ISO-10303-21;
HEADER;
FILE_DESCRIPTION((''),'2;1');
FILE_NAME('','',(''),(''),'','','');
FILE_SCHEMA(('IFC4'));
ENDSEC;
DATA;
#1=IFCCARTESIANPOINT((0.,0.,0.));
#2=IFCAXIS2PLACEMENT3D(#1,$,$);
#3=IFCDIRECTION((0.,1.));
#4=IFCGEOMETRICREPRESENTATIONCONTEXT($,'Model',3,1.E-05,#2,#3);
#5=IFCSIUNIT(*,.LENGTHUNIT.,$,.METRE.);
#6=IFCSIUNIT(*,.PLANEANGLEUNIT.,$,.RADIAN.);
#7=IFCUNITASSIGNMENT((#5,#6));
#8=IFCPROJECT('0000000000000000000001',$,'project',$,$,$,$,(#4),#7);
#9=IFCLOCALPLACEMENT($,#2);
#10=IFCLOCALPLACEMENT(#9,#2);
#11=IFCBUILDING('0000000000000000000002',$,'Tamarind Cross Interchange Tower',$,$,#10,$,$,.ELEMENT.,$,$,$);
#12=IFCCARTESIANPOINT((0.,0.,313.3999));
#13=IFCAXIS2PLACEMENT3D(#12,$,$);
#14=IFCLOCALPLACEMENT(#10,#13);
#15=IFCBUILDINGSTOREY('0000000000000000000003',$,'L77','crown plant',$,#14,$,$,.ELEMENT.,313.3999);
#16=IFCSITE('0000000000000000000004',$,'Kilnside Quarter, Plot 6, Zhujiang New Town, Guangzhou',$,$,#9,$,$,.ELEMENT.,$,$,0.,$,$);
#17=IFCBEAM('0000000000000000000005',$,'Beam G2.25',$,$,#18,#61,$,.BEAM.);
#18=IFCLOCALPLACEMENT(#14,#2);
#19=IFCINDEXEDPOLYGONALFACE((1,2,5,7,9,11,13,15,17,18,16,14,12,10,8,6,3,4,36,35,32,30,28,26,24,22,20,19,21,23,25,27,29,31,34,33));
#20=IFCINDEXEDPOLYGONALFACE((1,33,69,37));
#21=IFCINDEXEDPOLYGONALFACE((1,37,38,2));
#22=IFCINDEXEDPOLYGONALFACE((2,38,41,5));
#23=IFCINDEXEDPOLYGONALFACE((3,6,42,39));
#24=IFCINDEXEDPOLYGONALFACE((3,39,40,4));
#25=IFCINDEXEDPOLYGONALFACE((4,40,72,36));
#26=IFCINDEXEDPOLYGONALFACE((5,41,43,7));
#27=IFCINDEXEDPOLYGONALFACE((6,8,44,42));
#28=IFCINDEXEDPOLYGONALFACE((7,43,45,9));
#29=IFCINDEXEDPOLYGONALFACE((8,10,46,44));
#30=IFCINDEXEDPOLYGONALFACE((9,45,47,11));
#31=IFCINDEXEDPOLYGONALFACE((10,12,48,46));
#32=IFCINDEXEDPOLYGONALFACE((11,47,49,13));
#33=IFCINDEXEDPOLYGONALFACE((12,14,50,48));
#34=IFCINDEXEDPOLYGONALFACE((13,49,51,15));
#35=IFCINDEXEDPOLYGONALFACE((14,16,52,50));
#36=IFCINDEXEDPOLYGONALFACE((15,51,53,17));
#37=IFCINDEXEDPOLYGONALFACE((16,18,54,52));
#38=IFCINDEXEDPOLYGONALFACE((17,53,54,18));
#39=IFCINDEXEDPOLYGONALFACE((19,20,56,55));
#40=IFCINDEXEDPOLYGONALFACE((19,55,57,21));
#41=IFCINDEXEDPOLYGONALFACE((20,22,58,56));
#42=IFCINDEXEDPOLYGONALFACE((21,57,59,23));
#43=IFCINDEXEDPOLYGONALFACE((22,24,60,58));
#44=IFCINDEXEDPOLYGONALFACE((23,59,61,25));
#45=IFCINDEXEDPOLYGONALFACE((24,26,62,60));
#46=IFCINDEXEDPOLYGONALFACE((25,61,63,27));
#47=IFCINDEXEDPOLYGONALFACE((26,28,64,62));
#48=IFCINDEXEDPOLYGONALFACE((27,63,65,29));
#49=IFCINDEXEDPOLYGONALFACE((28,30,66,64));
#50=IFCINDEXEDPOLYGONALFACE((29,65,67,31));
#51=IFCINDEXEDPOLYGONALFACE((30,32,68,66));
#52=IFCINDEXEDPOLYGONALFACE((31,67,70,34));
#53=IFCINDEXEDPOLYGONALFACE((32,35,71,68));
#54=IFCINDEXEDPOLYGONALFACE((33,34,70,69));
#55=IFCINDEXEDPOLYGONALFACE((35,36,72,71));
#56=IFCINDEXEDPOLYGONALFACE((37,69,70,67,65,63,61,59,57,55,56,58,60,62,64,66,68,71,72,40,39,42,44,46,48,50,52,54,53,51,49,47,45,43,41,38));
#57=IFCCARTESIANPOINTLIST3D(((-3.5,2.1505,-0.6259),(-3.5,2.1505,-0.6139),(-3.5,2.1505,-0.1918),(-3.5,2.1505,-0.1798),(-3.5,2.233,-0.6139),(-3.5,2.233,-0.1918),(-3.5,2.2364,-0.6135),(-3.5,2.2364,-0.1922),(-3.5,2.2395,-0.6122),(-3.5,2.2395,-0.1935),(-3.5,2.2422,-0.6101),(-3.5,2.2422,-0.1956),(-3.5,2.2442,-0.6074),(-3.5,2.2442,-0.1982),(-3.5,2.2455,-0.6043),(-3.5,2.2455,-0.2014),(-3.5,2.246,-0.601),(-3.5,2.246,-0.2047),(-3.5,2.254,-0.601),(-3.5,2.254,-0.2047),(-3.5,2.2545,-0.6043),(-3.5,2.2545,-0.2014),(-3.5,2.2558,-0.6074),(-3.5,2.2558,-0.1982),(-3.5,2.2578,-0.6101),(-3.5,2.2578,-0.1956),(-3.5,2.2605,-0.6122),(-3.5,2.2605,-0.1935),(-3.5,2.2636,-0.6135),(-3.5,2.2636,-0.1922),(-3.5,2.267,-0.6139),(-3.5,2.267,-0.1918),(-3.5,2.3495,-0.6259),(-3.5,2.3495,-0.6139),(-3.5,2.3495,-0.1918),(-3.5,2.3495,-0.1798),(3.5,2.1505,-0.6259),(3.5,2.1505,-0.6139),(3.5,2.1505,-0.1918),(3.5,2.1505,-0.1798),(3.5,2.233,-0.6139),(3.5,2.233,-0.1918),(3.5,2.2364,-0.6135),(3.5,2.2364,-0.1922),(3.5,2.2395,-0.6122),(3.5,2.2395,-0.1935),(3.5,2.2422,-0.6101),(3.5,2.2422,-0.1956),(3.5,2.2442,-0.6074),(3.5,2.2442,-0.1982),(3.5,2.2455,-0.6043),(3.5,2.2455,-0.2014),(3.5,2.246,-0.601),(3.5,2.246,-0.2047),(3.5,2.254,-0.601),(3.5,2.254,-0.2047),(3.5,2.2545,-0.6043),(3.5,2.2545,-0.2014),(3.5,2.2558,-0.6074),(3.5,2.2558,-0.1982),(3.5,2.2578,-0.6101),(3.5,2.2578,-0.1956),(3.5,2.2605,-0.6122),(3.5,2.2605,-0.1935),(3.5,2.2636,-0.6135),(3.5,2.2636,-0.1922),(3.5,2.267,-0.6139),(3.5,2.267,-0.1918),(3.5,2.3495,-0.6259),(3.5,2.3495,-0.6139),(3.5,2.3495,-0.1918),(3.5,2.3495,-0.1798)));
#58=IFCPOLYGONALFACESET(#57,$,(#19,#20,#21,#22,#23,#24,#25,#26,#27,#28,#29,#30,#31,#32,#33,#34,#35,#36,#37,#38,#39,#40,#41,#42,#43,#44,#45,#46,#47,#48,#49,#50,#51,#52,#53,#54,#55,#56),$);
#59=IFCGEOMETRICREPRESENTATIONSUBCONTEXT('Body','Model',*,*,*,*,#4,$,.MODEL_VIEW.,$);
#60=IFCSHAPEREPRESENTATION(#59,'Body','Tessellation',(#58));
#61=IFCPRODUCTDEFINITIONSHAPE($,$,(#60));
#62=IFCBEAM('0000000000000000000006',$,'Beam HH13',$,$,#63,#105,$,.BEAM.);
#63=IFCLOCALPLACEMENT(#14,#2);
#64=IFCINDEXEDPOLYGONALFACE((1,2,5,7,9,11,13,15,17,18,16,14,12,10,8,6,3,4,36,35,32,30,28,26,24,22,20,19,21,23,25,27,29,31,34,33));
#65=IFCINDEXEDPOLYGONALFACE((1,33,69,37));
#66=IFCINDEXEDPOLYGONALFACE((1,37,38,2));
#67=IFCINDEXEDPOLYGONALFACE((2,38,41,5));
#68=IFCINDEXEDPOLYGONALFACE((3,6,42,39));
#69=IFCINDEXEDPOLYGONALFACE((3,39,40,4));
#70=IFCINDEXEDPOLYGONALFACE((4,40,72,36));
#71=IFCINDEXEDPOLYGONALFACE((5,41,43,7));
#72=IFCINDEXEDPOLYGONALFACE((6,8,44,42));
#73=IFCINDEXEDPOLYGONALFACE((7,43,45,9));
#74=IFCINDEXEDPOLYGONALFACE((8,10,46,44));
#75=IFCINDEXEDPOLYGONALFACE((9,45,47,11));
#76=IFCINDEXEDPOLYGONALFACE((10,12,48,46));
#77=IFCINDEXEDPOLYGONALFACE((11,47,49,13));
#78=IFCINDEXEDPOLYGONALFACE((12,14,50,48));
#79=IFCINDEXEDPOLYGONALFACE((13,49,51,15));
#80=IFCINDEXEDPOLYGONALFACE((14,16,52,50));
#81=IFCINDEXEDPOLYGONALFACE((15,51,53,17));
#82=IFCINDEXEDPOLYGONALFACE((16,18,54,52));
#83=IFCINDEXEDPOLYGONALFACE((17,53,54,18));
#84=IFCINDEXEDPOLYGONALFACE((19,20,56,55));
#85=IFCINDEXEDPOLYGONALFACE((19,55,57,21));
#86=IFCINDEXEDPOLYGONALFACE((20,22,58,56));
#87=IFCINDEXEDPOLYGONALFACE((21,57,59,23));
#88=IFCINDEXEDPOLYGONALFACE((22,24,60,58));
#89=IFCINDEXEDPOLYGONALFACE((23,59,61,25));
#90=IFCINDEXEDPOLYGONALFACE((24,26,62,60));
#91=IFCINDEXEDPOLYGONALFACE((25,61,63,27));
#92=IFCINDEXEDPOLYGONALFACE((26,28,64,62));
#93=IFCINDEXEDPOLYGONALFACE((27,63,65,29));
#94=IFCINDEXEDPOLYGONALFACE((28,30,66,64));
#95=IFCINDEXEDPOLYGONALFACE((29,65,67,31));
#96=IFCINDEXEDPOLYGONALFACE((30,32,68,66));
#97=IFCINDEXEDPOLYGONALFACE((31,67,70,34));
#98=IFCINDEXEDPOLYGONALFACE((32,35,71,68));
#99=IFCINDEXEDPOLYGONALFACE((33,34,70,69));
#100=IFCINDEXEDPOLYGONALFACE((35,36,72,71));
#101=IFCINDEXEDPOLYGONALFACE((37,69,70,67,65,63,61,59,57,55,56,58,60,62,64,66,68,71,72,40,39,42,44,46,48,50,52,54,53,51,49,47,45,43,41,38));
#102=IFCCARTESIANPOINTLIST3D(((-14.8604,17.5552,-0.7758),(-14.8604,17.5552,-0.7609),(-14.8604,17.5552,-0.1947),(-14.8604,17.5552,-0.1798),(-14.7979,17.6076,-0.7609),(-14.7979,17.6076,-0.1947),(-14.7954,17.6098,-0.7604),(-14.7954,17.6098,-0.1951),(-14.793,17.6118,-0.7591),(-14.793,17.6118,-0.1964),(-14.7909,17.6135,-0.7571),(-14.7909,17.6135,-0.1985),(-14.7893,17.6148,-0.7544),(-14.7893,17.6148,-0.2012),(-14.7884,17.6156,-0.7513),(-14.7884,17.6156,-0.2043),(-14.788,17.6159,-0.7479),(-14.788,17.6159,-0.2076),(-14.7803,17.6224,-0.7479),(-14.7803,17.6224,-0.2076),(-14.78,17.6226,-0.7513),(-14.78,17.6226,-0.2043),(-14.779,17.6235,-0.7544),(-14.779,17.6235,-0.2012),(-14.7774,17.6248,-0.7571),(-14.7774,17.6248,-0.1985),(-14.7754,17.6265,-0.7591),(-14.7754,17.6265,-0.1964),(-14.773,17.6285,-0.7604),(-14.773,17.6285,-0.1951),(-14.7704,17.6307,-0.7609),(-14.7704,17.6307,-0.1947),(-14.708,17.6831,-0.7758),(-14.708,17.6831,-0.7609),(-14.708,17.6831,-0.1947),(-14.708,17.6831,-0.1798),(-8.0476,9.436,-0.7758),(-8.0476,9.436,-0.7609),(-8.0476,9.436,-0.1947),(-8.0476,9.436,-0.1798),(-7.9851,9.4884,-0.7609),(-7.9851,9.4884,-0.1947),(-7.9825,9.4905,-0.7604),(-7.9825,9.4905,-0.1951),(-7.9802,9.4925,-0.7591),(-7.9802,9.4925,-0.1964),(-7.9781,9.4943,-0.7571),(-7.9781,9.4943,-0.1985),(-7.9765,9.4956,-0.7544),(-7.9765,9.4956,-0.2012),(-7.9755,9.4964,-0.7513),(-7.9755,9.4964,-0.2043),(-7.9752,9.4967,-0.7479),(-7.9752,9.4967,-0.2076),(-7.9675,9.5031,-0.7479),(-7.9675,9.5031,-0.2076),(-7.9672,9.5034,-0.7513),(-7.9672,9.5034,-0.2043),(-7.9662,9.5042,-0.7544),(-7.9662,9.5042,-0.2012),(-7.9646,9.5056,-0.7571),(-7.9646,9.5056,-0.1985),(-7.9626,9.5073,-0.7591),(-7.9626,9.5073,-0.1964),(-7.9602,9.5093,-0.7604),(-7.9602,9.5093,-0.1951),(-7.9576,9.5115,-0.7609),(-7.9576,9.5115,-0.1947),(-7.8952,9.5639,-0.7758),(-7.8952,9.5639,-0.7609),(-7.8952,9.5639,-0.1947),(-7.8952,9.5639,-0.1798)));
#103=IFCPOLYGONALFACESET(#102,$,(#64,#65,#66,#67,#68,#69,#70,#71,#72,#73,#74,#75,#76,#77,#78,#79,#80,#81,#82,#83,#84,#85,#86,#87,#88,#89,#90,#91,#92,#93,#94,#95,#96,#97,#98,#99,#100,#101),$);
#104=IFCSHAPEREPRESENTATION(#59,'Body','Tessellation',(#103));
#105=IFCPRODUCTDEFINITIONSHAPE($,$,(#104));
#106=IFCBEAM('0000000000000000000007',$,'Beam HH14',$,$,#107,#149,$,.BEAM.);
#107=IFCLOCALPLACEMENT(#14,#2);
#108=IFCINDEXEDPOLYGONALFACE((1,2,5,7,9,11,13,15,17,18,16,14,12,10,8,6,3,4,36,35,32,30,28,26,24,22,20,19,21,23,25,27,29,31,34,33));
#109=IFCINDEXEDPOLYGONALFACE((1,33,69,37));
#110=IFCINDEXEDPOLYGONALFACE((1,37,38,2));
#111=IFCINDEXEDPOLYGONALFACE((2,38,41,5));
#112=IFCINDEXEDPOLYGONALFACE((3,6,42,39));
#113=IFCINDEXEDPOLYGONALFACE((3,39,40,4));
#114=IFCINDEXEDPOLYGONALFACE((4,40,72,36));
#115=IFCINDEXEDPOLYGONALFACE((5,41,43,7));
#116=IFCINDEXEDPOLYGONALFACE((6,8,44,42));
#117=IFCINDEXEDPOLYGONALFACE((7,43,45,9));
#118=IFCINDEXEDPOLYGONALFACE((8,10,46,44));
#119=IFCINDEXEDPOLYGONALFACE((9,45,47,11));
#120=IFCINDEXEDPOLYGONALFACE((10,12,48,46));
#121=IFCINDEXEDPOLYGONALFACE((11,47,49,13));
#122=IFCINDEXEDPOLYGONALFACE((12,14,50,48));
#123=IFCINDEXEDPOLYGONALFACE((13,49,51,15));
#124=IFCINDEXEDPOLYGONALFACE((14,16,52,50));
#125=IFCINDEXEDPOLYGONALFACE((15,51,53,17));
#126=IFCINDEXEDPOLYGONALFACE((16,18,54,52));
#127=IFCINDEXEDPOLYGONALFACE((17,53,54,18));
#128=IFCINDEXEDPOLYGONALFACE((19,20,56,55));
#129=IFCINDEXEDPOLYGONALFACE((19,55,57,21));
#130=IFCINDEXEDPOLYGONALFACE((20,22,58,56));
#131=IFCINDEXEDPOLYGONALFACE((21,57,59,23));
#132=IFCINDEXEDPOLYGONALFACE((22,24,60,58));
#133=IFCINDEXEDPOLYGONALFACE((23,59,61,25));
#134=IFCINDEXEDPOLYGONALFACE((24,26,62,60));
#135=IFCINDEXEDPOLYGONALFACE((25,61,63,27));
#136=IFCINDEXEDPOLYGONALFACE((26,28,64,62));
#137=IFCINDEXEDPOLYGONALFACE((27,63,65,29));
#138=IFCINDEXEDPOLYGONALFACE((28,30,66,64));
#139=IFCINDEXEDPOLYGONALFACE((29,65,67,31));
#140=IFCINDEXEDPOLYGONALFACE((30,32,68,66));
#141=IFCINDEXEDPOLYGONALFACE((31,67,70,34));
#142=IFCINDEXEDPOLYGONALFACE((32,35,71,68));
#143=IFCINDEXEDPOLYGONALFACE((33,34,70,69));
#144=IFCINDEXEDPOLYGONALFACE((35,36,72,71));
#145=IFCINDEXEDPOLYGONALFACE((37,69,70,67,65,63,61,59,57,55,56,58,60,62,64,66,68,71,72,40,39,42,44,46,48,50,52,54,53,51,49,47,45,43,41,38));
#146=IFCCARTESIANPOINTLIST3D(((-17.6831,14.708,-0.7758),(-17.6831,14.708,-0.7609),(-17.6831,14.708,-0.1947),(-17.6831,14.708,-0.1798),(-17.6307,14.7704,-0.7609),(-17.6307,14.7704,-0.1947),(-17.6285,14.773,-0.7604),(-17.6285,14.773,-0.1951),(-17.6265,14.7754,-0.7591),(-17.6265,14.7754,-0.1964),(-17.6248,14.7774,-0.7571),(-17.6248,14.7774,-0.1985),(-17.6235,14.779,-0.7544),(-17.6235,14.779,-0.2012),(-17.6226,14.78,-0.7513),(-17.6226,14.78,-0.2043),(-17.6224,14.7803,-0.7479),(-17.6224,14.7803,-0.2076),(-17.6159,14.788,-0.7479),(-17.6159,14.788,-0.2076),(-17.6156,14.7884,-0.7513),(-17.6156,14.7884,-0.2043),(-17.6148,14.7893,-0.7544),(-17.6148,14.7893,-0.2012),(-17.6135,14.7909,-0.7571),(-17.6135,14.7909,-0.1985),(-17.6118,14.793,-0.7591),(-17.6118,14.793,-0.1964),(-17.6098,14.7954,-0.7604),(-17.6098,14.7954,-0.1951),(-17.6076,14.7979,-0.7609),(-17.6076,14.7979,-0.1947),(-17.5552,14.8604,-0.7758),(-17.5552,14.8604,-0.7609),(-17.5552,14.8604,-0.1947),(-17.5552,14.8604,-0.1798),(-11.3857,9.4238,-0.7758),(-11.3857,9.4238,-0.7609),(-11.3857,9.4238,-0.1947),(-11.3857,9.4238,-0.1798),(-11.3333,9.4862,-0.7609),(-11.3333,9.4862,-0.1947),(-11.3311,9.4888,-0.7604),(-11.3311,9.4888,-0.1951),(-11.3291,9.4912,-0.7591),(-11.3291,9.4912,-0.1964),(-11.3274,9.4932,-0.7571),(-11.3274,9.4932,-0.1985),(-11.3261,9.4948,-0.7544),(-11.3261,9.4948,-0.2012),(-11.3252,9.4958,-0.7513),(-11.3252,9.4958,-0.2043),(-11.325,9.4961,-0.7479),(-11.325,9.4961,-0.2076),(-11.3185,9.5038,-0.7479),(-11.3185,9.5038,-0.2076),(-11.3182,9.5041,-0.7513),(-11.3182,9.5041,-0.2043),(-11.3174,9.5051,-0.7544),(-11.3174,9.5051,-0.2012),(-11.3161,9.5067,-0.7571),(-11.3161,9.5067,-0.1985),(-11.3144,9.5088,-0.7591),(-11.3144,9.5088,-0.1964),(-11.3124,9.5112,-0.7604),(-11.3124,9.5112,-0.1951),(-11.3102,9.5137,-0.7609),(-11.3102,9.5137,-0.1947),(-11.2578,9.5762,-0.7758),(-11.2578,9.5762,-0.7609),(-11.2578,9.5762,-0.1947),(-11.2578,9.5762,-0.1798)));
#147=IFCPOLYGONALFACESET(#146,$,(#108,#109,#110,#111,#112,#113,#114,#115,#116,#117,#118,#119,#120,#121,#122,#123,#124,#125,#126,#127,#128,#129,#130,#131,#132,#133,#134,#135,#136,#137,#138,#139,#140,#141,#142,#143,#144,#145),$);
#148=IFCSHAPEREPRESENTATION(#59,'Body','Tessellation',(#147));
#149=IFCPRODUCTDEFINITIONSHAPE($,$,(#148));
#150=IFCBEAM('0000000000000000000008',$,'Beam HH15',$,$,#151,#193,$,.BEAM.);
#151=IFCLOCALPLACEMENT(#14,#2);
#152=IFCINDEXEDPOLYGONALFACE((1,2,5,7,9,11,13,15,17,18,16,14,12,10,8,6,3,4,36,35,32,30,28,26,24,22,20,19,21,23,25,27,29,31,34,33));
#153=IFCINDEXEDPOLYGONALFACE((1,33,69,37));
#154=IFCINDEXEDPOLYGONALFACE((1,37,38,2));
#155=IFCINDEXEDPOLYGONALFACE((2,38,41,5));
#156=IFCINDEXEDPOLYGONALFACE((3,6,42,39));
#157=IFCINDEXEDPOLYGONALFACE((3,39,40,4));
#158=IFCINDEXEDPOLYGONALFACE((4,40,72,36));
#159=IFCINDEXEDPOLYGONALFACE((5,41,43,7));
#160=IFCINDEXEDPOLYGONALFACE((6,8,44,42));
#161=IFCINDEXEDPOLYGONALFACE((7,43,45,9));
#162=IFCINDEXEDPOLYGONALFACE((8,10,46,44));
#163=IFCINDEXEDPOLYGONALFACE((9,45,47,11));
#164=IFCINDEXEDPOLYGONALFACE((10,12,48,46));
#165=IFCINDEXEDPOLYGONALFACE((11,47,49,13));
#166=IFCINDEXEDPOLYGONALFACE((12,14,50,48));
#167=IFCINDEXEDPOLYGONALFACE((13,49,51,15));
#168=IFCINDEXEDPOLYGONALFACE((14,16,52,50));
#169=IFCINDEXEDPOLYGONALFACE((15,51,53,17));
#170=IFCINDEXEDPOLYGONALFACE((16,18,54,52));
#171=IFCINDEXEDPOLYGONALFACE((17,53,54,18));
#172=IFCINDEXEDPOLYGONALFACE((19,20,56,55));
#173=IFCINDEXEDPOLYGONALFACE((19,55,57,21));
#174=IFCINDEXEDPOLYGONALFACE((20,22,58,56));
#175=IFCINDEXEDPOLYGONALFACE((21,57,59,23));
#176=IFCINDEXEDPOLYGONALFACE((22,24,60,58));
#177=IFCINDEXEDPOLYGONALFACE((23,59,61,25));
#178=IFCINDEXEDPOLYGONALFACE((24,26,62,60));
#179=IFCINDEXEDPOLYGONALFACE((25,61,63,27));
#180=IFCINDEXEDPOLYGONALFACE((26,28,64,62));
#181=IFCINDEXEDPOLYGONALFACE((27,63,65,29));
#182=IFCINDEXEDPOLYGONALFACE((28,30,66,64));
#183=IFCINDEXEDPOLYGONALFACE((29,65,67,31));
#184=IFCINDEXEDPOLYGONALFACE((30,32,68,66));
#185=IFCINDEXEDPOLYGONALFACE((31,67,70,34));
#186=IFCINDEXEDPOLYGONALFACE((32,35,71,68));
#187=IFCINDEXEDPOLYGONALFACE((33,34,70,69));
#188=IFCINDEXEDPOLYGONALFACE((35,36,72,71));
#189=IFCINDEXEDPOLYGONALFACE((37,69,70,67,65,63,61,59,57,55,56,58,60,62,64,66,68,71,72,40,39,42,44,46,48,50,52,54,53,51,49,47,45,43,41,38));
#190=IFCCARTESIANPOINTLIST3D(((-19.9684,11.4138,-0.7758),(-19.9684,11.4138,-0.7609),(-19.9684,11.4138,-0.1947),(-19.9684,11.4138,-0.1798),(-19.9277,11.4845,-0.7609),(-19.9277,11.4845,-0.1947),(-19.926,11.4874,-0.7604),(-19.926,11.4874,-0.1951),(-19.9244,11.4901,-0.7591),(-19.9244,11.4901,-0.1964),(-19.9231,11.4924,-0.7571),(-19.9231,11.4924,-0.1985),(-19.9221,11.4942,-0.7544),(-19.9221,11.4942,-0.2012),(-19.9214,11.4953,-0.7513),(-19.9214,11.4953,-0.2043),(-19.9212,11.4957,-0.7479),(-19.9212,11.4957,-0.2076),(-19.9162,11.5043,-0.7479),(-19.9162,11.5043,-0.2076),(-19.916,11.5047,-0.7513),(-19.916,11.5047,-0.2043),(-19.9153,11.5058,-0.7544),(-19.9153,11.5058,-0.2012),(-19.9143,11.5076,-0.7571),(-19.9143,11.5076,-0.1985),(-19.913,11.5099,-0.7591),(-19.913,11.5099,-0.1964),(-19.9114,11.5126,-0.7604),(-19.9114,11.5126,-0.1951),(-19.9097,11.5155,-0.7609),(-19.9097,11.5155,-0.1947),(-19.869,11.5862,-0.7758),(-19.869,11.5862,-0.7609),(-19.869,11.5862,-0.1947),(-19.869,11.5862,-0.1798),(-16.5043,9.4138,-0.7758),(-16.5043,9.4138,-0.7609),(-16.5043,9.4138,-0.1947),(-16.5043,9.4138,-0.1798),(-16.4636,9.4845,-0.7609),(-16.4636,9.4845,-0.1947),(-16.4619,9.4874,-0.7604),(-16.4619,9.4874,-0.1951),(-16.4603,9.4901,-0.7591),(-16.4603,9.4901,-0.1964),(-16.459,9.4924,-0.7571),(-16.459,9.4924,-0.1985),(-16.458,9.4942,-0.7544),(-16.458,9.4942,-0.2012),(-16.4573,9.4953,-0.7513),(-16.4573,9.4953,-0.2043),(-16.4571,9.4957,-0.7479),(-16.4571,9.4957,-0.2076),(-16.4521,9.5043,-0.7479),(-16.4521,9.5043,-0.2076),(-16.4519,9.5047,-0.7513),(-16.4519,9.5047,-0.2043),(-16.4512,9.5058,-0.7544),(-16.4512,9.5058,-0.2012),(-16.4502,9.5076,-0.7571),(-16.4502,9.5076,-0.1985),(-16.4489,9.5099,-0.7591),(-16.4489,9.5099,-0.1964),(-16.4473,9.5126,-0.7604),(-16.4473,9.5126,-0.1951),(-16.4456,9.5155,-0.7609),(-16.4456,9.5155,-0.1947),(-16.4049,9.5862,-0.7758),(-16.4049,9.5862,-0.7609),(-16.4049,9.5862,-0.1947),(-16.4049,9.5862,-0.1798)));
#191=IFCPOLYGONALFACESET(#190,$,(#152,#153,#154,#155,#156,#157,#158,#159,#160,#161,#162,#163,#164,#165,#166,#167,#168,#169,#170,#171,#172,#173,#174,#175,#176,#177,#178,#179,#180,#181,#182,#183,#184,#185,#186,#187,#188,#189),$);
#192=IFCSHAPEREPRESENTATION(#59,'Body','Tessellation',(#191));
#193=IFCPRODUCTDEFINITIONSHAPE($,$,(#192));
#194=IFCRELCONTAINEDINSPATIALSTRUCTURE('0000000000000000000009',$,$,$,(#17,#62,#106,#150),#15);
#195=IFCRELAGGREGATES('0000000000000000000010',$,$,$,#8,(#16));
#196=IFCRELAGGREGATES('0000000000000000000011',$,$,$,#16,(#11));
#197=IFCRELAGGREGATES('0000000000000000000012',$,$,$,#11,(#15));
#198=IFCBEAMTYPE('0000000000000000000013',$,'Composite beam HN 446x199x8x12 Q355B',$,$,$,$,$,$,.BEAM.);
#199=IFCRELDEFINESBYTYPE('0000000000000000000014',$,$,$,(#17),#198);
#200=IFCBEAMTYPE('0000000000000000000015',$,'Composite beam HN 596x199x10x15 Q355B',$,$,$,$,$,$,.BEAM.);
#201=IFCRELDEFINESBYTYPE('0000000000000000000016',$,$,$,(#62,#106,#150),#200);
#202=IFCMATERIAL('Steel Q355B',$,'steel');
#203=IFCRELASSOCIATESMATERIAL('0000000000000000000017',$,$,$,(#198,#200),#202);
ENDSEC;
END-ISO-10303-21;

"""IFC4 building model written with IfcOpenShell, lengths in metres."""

from ifc_helpers import new_model, si_unit, direction, frame, origin, origin_2d, place, context, subcontext, project, spatial, i_section, extrude, material, material_profile, profile_set, type_object, element, save


model = new_model("IFC4")

# Units and contexts
model_context = context("Model", 3, precision=1e-05, world=origin(), true_north=direction((0.0, 1.0)))
body_context = subcontext(model_context, "Body", "Model", "MODEL_VIEW")
ifc_project = project(units=[si_unit("LENGTHUNIT", "METRE"), si_unit("PLANEANGLEUNIT", "RADIAN")], contexts=[model_context])

# Site, building, storey
site_placement = place(None, origin())
site = spatial("IfcSite", under=ifc_project, at=site_placement, Name="Kilnside Quarter, Plot 6, Zhujiang New Town, Guangzhou", CompositionType="ELEMENT", RefElevation=0.0)
building_placement = place(site_placement, origin())
building = spatial("IfcBuilding", under=site, at=building_placement, Name="Tamarind Cross Interchange Tower", CompositionType="ELEMENT")
storey_placement = place(building_placement, frame((0.0, 0.0, 313.3999)))
storey = spatial("IfcBuildingStorey", under=building, at=storey_placement, Name="L77", Description="crown plant", CompositionType="ELEMENT", Elevation=313.3999)

# Beams
ifc_material_1 = material(Name="Steel Q355B", Category="steel")
ifc_material_profile_1 = material_profile(ifc_material_1, i_section(OverallWidth=0.199, OverallDepth=0.446, WebThickness=0.0081, FlangeThickness=0.012, FilletRadius=0.0129, at=origin_2d()), Name="HN 446x199x8x12")
ifc_profile_set_1 = profile_set([ifc_material_profile_1], Name="Steel Q355B")
beam_type_1 = type_object("IfcBeamType", Name="Composite beam HN 446x199x8x12 Q355B", PredefinedType="BEAM", material=ifc_profile_set_1)
beam_1_placement = place(storey_placement, frame((-3.5, 2.25, -0.4028), z_axis=(1.0, 0.0, 0.0), x_axis=(0.0, 1.0, 0.0)))
element("IfcBeam", 1, at=beam_1_placement, inside=storey, type_object=beam_type_1, Name="Beam G2.25", PredefinedType="BEAM", context=body_context, shape_type="SweptSolid", body=[
    extrude(i_section(OverallWidth=0.199, OverallDepth=0.446, WebThickness=0.0081, FlangeThickness=0.012, FilletRadius=0.0129, at=origin_2d()), origin(), (0.0, 0.0, 1.0), 7.0),
])
ifc_material_profile_2 = material_profile(ifc_material_1, i_section(OverallWidth=0.199, OverallDepth=0.5959, WebThickness=0.01, FlangeThickness=0.0149, FilletRadius=0.0129, at=origin_2d()), Name="HN 596x199x10x15")
ifc_profile_set_2 = profile_set([ifc_material_profile_2], Name="Steel Q355B")
beam_type_2 = type_object("IfcBeamType", Name="Composite beam HN 596x199x10x15 Q355B", PredefinedType="BEAM", material=ifc_profile_set_2)
beam_2_placement = place(storey_placement, frame((-14.7842, 17.6191, -0.4778), z_axis=(0.642786, -0.766046, 0.0), x_axis=(0.766046, 0.642786, 0.0)))
element("IfcBeam", 2, at=beam_2_placement, inside=storey, type_object=beam_type_2, Name="Beam HH13", PredefinedType="BEAM", context=body_context, shape_type="SweptSolid", body=[
    extrude(i_section(OverallWidth=0.199, OverallDepth=0.5959, WebThickness=0.01, FlangeThickness=0.0149, FilletRadius=0.0129, at=origin_2d()), origin(), (0.0, 0.0, 1.0), 10.5989),
])
beam_3_placement = place(storey_placement, frame((-17.6191, 14.7842, -0.4778), z_axis=(0.766041, -0.642792, 0.0), x_axis=(0.642792, 0.766041, 0.0)))
element("IfcBeam", 3, at=beam_3_placement, inside=storey, type_object=beam_type_2, Name="Beam HH14", PredefinedType="BEAM", context=body_context, shape_type="SweptSolid", body=[
    extrude(i_section(OverallWidth=0.199, OverallDepth=0.5959, WebThickness=0.01, FlangeThickness=0.0149, FilletRadius=0.0129, at=origin_2d()), origin(), (0.0, 0.0, 1.0), 8.2207),
])
beam_4_placement = place(storey_placement, frame((-19.9187, 11.5, -0.4778), z_axis=(0.866026, -0.499999, 0.0), x_axis=(0.499999, 0.866026, 0.0)))
element("IfcBeam", 4, at=beam_4_placement, inside=storey, type_object=beam_type_2, Name="Beam HH15", PredefinedType="BEAM", context=body_context, shape_type="SweptSolid", body=[
    extrude(i_section(OverallWidth=0.199, OverallDepth=0.5959, WebThickness=0.01, FlangeThickness=0.0149, FilletRadius=0.0129, at=origin_2d()), origin(), (0.0, 0.0, 1.0), 4.0),
])

save(model, "model.ifc")
